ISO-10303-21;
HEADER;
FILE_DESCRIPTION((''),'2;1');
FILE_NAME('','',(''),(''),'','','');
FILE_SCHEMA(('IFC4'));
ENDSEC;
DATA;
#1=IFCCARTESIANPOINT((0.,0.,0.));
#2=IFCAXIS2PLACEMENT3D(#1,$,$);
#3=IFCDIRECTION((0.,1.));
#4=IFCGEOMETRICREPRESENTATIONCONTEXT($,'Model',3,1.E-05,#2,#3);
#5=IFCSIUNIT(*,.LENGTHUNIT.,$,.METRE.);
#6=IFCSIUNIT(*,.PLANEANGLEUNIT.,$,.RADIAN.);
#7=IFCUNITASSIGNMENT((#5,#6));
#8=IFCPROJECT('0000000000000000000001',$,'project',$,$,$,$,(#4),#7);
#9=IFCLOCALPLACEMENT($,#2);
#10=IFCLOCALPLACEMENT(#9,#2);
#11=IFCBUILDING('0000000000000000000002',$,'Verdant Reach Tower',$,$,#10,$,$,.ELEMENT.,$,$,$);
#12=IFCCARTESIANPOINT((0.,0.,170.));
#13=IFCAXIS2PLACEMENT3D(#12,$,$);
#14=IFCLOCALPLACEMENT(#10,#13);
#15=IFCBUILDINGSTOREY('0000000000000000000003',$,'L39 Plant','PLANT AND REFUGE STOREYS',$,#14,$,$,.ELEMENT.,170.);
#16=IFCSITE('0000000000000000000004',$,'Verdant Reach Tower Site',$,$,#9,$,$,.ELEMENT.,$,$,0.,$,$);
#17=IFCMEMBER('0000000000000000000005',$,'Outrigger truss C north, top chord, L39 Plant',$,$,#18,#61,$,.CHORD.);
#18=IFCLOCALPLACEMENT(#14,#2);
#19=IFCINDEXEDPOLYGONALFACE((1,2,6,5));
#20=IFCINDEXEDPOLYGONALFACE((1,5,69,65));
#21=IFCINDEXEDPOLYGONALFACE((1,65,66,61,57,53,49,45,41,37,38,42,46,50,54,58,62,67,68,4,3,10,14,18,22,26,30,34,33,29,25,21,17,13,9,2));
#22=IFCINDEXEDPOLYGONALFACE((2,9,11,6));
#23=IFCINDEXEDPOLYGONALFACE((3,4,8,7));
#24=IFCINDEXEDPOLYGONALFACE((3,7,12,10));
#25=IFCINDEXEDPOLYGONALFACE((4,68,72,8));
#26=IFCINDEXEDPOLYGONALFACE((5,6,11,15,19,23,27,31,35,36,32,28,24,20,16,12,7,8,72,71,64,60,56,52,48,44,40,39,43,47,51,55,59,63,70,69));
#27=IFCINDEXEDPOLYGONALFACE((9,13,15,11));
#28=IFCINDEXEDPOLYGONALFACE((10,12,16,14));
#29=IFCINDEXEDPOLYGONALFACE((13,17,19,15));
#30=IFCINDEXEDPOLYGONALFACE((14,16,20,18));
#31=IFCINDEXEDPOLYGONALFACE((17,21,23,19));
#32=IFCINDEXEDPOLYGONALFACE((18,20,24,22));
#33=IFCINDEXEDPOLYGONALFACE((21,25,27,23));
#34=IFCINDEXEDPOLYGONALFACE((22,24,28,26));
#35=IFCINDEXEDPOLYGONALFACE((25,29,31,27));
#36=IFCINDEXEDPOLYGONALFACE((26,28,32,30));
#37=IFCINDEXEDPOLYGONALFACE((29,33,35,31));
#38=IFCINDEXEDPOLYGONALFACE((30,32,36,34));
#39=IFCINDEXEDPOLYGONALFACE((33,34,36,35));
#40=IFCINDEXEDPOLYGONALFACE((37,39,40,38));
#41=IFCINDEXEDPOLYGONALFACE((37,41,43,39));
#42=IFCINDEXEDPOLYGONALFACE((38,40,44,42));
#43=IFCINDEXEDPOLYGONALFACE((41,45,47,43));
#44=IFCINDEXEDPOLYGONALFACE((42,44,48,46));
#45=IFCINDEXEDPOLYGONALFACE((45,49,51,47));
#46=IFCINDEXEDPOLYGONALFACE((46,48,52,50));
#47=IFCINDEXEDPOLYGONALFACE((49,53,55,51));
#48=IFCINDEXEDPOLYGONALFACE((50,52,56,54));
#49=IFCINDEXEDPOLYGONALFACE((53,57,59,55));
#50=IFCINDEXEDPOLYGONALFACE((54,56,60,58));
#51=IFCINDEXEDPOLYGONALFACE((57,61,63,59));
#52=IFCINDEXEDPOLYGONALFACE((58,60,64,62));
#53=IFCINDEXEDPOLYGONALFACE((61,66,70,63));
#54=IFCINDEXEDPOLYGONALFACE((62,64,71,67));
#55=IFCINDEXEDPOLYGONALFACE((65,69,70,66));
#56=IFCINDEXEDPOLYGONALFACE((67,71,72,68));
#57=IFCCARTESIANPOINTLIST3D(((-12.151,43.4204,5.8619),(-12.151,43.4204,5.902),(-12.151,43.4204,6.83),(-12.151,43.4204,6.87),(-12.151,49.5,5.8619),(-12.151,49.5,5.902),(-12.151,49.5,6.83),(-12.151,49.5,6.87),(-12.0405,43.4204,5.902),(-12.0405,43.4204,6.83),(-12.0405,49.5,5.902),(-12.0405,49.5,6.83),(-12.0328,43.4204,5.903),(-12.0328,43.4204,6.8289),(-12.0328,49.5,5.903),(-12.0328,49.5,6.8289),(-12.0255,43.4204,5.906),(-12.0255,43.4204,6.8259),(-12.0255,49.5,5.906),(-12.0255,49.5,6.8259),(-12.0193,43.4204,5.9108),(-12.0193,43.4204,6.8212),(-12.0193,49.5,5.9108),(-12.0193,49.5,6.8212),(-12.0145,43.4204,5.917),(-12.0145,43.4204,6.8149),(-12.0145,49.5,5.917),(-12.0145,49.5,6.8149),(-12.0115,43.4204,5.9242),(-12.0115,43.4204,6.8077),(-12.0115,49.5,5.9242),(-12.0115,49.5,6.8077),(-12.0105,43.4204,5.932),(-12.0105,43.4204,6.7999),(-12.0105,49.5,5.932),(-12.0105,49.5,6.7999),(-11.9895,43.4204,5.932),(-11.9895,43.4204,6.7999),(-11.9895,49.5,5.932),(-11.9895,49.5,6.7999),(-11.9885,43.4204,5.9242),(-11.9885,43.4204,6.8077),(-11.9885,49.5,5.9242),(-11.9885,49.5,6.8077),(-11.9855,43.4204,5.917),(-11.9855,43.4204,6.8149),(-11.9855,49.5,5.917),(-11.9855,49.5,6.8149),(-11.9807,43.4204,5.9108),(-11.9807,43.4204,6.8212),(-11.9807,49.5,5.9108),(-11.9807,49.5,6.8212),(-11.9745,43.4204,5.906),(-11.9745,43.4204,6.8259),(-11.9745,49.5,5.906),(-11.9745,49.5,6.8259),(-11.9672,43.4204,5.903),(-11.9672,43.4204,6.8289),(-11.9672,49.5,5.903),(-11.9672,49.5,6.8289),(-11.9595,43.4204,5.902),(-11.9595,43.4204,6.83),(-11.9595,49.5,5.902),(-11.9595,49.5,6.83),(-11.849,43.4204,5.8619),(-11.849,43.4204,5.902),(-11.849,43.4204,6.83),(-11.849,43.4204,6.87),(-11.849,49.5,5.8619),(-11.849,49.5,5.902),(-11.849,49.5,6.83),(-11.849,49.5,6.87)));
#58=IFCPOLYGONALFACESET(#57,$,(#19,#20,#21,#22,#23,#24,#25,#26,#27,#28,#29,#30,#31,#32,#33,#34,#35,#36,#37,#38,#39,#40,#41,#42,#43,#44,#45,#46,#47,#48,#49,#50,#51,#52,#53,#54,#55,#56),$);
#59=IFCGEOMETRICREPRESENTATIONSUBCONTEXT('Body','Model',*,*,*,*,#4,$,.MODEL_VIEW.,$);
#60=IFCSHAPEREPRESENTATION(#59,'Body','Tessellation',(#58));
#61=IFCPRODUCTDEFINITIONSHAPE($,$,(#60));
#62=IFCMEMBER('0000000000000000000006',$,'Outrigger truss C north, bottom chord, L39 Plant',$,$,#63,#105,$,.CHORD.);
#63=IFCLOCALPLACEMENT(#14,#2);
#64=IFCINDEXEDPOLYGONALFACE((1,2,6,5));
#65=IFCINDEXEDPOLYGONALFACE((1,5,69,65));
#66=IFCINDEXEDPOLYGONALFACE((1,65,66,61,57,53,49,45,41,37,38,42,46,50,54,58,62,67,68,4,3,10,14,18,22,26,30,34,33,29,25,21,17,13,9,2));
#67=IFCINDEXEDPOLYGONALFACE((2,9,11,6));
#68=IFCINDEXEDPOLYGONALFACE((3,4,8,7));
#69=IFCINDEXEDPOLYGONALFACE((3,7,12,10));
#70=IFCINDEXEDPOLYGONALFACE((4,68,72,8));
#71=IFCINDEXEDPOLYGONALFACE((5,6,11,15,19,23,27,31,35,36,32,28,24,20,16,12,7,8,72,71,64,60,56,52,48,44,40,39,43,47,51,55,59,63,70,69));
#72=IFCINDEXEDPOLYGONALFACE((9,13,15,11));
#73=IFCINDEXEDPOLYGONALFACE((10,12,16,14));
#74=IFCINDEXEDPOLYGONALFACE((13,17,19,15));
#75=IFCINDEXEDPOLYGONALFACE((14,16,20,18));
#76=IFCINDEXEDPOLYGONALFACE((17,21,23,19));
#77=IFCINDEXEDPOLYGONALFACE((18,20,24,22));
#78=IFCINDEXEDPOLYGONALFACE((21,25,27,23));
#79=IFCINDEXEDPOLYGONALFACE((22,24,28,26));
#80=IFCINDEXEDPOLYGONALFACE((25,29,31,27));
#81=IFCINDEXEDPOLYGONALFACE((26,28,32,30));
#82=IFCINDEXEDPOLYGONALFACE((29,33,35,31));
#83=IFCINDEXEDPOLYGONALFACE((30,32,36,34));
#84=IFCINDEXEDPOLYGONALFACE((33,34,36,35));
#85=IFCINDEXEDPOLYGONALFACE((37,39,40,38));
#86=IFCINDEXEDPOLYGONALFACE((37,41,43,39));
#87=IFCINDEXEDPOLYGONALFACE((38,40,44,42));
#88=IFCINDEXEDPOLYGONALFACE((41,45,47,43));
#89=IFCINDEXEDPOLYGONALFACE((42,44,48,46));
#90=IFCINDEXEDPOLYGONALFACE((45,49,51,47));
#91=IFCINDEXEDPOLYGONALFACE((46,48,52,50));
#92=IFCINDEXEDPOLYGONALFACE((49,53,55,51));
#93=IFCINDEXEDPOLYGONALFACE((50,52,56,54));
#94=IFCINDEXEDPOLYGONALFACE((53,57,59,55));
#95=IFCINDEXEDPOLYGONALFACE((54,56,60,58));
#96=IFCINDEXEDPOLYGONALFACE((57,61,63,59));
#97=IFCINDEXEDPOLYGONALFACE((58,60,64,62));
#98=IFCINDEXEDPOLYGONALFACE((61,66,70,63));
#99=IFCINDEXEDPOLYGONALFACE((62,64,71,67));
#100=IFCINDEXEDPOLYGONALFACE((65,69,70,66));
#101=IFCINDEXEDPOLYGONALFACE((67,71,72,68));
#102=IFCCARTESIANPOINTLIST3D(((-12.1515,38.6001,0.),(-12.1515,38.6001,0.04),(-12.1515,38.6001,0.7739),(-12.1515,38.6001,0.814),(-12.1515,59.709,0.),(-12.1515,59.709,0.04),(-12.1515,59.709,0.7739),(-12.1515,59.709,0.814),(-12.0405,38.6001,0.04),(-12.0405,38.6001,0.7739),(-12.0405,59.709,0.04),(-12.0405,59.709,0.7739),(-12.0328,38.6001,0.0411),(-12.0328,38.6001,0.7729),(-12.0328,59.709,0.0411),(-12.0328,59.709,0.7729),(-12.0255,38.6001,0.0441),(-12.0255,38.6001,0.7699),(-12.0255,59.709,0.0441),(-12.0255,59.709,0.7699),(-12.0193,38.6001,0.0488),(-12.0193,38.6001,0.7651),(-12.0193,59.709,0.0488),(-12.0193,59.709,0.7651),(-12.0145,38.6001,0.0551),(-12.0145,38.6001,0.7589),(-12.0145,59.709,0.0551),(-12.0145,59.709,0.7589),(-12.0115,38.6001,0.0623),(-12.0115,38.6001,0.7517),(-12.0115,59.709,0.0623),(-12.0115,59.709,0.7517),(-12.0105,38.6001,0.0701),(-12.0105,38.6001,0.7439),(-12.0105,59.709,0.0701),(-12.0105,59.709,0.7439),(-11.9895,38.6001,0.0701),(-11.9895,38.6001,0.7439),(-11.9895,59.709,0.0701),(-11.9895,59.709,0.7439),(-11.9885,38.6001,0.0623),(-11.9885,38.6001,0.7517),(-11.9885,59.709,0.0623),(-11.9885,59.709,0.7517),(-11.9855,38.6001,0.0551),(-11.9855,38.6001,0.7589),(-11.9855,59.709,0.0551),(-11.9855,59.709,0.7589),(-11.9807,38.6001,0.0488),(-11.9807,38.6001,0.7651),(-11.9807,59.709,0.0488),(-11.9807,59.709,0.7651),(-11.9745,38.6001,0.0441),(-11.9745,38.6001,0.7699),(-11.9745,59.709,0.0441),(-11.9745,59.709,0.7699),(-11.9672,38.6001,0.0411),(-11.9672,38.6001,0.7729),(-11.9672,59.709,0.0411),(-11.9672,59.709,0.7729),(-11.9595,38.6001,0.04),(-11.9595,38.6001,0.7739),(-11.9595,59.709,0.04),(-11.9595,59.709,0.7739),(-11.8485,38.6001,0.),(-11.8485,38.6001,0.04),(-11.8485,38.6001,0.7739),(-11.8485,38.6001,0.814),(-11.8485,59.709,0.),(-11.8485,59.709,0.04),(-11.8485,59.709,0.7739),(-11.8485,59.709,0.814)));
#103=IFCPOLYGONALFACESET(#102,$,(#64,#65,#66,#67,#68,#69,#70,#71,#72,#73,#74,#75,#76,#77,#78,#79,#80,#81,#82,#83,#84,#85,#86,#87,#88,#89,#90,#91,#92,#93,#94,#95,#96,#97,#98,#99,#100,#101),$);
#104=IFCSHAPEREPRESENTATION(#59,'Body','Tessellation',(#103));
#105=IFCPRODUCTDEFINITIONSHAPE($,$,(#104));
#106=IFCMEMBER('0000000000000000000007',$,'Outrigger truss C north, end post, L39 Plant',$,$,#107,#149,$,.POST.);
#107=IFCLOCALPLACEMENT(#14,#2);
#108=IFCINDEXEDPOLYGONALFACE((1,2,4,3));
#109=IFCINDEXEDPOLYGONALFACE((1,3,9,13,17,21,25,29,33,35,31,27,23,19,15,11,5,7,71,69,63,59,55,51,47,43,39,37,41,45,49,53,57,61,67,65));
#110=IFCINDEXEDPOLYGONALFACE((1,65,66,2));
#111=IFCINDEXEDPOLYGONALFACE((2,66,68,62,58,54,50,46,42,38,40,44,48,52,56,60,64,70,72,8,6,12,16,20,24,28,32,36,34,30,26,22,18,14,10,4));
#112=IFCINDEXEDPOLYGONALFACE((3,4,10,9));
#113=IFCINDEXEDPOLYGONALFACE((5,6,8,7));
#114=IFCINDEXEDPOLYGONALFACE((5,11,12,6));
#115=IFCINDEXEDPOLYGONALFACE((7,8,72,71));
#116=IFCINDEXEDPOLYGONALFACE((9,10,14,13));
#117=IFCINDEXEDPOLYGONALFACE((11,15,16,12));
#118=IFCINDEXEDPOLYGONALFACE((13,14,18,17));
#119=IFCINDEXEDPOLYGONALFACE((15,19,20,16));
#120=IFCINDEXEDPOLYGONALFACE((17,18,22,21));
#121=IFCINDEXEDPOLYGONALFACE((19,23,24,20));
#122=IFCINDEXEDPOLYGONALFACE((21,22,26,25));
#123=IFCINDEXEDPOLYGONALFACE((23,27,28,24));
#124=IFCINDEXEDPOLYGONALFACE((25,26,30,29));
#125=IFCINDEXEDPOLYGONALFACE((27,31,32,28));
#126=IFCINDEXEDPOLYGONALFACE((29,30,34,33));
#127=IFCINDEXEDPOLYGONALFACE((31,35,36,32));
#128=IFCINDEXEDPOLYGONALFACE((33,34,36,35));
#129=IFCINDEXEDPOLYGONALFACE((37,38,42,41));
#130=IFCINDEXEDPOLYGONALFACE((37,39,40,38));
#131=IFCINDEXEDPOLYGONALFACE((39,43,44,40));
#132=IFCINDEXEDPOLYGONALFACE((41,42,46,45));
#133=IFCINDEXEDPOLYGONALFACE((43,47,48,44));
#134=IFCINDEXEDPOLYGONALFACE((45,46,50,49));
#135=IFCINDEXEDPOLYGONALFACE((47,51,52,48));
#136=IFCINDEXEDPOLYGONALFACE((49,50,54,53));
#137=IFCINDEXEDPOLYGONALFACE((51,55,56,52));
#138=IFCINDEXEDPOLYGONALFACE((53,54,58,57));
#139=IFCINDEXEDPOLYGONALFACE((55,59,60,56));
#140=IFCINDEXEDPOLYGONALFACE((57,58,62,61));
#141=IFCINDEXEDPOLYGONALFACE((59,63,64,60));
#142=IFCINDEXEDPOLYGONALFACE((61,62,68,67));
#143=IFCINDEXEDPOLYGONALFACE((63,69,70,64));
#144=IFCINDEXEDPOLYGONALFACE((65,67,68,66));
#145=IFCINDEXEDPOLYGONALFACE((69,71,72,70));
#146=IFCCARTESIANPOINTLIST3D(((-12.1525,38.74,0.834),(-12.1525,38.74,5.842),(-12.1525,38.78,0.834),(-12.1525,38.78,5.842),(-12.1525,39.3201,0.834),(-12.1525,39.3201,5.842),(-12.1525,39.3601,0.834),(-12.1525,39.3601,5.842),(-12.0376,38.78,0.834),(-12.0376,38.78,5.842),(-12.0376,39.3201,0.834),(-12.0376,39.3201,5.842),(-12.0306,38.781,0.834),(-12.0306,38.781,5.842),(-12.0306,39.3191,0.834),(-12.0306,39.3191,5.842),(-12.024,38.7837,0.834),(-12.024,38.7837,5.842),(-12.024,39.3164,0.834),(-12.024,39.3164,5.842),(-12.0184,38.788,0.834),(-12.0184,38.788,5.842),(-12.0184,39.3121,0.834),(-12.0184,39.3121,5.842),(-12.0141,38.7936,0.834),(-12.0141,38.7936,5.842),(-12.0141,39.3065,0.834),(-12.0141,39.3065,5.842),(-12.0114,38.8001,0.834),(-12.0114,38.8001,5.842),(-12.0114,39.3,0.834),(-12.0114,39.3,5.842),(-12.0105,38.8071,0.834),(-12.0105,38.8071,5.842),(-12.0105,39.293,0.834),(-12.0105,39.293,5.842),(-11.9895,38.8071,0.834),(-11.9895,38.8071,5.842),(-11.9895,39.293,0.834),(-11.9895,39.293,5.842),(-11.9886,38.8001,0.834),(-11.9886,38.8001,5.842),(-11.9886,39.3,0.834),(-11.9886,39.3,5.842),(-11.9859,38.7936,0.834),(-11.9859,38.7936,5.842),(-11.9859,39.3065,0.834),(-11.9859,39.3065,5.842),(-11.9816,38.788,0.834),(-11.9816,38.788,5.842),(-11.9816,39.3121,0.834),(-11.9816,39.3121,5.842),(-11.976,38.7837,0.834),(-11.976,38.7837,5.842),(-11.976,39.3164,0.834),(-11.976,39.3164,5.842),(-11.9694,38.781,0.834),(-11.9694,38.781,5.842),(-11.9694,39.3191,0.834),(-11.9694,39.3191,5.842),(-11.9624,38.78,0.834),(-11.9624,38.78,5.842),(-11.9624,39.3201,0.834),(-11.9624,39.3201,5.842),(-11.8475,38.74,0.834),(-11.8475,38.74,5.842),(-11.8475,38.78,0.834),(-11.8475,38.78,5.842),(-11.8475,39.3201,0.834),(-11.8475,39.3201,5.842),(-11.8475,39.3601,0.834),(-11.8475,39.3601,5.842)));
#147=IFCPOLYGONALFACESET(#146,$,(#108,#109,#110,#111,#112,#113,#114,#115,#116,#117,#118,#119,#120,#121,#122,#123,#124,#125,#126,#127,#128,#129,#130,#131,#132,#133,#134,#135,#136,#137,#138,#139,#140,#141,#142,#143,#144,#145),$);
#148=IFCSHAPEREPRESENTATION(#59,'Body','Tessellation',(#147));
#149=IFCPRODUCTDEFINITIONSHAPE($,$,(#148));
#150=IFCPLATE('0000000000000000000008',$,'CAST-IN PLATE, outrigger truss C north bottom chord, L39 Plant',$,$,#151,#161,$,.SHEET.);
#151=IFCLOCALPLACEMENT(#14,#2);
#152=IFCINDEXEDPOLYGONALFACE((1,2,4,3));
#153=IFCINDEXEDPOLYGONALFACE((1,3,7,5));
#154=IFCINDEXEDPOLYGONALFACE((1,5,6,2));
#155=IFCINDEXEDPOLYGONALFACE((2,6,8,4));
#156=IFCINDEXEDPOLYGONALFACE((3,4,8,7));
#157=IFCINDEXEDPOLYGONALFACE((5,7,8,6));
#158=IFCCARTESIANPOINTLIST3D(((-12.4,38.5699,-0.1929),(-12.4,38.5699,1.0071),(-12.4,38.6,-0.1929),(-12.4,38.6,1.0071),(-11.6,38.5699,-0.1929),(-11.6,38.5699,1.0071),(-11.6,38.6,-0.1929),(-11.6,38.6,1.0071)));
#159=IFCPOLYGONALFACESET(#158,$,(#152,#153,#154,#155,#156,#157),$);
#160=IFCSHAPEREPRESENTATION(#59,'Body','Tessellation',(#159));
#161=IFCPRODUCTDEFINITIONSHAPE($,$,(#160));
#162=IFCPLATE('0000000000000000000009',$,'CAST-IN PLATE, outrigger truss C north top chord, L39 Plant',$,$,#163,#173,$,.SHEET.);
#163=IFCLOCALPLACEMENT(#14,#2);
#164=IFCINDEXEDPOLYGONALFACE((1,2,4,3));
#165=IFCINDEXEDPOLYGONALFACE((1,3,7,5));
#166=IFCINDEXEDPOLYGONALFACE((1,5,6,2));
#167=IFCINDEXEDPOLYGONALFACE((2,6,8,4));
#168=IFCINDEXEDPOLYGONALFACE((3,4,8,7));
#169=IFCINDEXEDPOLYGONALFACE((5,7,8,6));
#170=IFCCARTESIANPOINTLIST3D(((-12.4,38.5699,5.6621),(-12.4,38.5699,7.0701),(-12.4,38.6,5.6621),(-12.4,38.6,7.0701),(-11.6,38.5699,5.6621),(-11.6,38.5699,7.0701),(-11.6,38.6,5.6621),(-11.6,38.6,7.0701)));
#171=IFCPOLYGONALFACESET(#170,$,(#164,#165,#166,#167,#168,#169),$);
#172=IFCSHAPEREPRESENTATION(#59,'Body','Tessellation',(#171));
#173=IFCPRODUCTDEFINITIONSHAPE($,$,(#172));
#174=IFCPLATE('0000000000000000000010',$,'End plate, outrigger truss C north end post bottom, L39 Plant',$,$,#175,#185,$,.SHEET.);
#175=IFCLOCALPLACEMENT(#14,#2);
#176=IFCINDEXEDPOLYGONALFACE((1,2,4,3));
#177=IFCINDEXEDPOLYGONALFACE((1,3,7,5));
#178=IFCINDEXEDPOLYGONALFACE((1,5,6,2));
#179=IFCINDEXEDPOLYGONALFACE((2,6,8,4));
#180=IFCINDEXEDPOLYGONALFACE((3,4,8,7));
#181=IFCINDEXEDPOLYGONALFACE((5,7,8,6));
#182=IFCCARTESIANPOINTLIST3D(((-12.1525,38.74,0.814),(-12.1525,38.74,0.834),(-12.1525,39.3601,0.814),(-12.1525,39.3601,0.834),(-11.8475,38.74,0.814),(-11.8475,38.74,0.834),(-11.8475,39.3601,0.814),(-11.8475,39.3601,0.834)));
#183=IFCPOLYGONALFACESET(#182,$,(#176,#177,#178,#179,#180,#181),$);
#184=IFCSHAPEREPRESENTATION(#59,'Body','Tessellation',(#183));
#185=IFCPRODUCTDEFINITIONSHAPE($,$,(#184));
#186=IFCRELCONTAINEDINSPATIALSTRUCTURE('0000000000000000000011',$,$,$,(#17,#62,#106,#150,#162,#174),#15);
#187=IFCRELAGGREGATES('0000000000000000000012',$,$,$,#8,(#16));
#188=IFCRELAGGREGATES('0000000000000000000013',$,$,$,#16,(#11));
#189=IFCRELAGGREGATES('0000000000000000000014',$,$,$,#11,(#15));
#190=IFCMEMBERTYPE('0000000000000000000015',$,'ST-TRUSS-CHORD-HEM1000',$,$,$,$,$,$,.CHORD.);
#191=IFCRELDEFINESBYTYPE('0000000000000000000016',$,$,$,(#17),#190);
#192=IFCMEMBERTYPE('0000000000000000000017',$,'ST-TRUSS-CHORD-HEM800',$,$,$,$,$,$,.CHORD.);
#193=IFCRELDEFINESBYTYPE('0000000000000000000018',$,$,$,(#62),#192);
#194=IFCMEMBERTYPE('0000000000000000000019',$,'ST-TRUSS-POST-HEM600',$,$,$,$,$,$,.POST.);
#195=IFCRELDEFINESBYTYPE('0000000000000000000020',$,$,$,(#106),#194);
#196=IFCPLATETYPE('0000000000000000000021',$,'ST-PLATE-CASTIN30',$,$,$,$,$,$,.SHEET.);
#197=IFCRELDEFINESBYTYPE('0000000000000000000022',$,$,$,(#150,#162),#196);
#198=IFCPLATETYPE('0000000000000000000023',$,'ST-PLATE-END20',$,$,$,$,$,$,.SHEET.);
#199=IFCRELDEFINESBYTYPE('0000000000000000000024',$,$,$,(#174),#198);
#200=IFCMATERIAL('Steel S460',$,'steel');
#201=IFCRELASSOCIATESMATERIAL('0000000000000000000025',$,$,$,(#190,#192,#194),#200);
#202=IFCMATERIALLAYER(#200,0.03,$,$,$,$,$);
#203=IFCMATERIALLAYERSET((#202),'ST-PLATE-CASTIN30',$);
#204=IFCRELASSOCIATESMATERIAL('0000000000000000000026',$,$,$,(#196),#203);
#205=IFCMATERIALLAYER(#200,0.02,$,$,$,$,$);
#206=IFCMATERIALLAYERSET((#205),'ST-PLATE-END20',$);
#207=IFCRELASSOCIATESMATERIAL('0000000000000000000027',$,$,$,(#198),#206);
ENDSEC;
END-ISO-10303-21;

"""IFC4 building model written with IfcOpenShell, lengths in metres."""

from ifc_helpers import new_model, si_unit, direction, frame, origin, origin_2d, place, context, subcontext, project, spatial, rectangle, i_section, extrude, material, layer, layer_set, material_profile, profile_set, type_object, element, save


model = new_model("IFC4")

# Units and contexts
model_context = context("Model", 3, precision=1e-05, world=origin(), true_north=direction((0.0, 1.0)))
body_context = subcontext(model_context, "Body", "Model", "MODEL_VIEW")
ifc_project = project(units=[si_unit("LENGTHUNIT", "METRE"), si_unit("PLANEANGLEUNIT", "RADIAN")], contexts=[model_context])

# Site, building, storey
site_placement = place(None, origin())
site = spatial("IfcSite", under=ifc_project, at=site_placement, Name="Verdant Reach Tower Site", CompositionType="ELEMENT", RefElevation=0.0)
building_placement = place(site_placement, origin())
building = spatial("IfcBuilding", under=site, at=building_placement, Name="Verdant Reach Tower", CompositionType="ELEMENT")
storey_placement = place(building_placement, frame((0.0, 0.0, 170.0)))
storey = spatial("IfcBuildingStorey", under=building, at=storey_placement, Name="L39 Plant", Description="PLANT AND REFUGE STOREYS", CompositionType="ELEMENT", Elevation=170.0)

# Members
ifc_material_1 = material(Name="Steel S460", Category="steel")
ifc_material_profile_1 = material_profile(ifc_material_1, i_section(OverallWidth=0.302, OverallDepth=1.0081, WebThickness=0.021, FlangeThickness=0.04, FilletRadius=0.03, at=origin_2d()), Name="HEM 1000")
ifc_profile_set_1 = profile_set([ifc_material_profile_1], Name="Steel S460")
member_type_1 = type_object("IfcMemberType", Name="ST-TRUSS-CHORD-HEM1000", PredefinedType="CHORD", material=ifc_profile_set_1)
member_1_placement = place(storey_placement, frame((-12.0, 43.4204, 6.366), z_axis=(0.0, 1.0, 0.0), x_axis=(-1.0, 0.0, 0.0)))
element("IfcMember", 1, at=member_1_placement, inside=storey, type_object=member_type_1, Name="Outrigger truss C north, top chord, L39 Plant", PredefinedType="CHORD", context=body_context, shape_type="SweptSolid", body=[
    extrude(i_section(OverallWidth=0.302, OverallDepth=1.0081, WebThickness=0.021, FlangeThickness=0.04, FilletRadius=0.03, at=origin_2d()), origin(), (0.0, 0.0, 1.0), 6.0796),
])
ifc_material_profile_2 = material_profile(ifc_material_1, i_section(OverallWidth=0.303, OverallDepth=0.814, WebThickness=0.021, FlangeThickness=0.04, FilletRadius=0.03, at=origin_2d()), Name="HEM 800")
ifc_profile_set_2 = profile_set([ifc_material_profile_2], Name="Steel S460")
member_type_2 = type_object("IfcMemberType", Name="ST-TRUSS-CHORD-HEM800", PredefinedType="CHORD", material=ifc_profile_set_2)
member_2_placement = place(storey_placement, frame((-12.0, 38.6001, 0.407), z_axis=(0.0, 1.0, 0.0), x_axis=(-1.0, 0.0, 0.0)))
element("IfcMember", 2, at=member_2_placement, inside=storey, type_object=member_type_2, Name="Outrigger truss C north, bottom chord, L39 Plant", PredefinedType="CHORD", context=body_context, shape_type="SweptSolid", body=[
    extrude(i_section(OverallWidth=0.303, OverallDepth=0.814, WebThickness=0.021, FlangeThickness=0.04, FilletRadius=0.03, at=origin_2d()), origin(), (0.0, 0.0, 1.0), 21.1089),
])
ifc_material_profile_3 = material_profile(ifc_material_1, i_section(OverallWidth=0.3049, OverallDepth=0.6201, WebThickness=0.021, FlangeThickness=0.04, FilletRadius=0.0271, at=origin_2d()), Name="HEM 600")
ifc_profile_set_3 = profile_set([ifc_material_profile_3], Name="Steel S460")
member_type_3 = type_object("IfcMemberType", Name="ST-TRUSS-POST-HEM600", PredefinedType="POST", material=ifc_profile_set_3)
member_3_placement = place(storey_placement, frame((-12.0, 39.05, 0.834), z_axis=(0.0, 0.0, 1.0), x_axis=(1.0, 0.0, 0.0)))
element("IfcMember", 3, at=member_3_placement, inside=storey, type_object=member_type_3, Name="Outrigger truss C north, end post, L39 Plant", PredefinedType="POST", context=body_context, shape_type="SweptSolid", body=[
    extrude(i_section(OverallWidth=0.3049, OverallDepth=0.6201, WebThickness=0.021, FlangeThickness=0.04, FilletRadius=0.0271, at=origin_2d()), origin(), (0.0, 0.0, 1.0), 5.0081),
])

# Plates
ifc_layer_1 = layer(ifc_material_1, 0.03)
ifc_layer_set_1 = layer_set([ifc_layer_1], Name="ST-PLATE-CASTIN30")
plate_type_1 = type_object("IfcPlateType", Name="ST-PLATE-CASTIN30", PredefinedType="SHEET", material=ifc_layer_set_1)
plate_1_placement = place(storey_placement, frame((-12.0, 38.585, -0.1929), z_axis=(0.0, 0.0, 1.0), x_axis=(1.0, 0.0, 0.0)))
element("IfcPlate", 4, at=plate_1_placement, inside=storey, type_object=plate_type_1, Name="CAST-IN PLATE, outrigger truss C north bottom chord, L39 Plant", PredefinedType="SHEET", context=body_context, shape_type="SweptSolid", body=[
    extrude(rectangle(XDim=0.8, YDim=0.03, at=origin_2d()), origin(), (0.0, 0.0, 1.0), 1.2),
])
plate_2_placement = place(storey_placement, frame((-12.0, 38.585, 5.6621), z_axis=(0.0, 0.0, 1.0), x_axis=(1.0, 0.0, 0.0)))
element("IfcPlate", 5, at=plate_2_placement, inside=storey, type_object=plate_type_1, Name="CAST-IN PLATE, outrigger truss C north top chord, L39 Plant", PredefinedType="SHEET", context=body_context, shape_type="SweptSolid", body=[
    extrude(rectangle(XDim=0.8, YDim=0.03, at=origin_2d()), origin(), (0.0, 0.0, 1.0), 1.408),
])
ifc_layer_2 = layer(ifc_material_1, 0.02)
ifc_layer_set_2 = layer_set([ifc_layer_2], Name="ST-PLATE-END20")
plate_type_2 = type_object("IfcPlateType", Name="ST-PLATE-END20", PredefinedType="SHEET", material=ifc_layer_set_2)
for number, where, z_axis, x_axis, name in (
    (6, (-12.0, 39.05, 0.814), (0.0, 0.0, 1.0), (1.0, 0.0, 0.0), "End plate, outrigger truss C north end post bottom, L39 Plant"),
):
    element("IfcPlate", number, at=place(storey_placement, frame(where, z_axis=z_axis, x_axis=x_axis)), inside=storey, type_object=plate_type_2, Name=name, PredefinedType="SHEET", context=body_context, shape_type="SweptSolid", body=[
        extrude(rectangle(XDim=0.3049, YDim=0.6201, at=origin_2d()), origin(), (0.0, 0.0, 1.0), 0.02),
    ])

save(model, "model.ifc")
